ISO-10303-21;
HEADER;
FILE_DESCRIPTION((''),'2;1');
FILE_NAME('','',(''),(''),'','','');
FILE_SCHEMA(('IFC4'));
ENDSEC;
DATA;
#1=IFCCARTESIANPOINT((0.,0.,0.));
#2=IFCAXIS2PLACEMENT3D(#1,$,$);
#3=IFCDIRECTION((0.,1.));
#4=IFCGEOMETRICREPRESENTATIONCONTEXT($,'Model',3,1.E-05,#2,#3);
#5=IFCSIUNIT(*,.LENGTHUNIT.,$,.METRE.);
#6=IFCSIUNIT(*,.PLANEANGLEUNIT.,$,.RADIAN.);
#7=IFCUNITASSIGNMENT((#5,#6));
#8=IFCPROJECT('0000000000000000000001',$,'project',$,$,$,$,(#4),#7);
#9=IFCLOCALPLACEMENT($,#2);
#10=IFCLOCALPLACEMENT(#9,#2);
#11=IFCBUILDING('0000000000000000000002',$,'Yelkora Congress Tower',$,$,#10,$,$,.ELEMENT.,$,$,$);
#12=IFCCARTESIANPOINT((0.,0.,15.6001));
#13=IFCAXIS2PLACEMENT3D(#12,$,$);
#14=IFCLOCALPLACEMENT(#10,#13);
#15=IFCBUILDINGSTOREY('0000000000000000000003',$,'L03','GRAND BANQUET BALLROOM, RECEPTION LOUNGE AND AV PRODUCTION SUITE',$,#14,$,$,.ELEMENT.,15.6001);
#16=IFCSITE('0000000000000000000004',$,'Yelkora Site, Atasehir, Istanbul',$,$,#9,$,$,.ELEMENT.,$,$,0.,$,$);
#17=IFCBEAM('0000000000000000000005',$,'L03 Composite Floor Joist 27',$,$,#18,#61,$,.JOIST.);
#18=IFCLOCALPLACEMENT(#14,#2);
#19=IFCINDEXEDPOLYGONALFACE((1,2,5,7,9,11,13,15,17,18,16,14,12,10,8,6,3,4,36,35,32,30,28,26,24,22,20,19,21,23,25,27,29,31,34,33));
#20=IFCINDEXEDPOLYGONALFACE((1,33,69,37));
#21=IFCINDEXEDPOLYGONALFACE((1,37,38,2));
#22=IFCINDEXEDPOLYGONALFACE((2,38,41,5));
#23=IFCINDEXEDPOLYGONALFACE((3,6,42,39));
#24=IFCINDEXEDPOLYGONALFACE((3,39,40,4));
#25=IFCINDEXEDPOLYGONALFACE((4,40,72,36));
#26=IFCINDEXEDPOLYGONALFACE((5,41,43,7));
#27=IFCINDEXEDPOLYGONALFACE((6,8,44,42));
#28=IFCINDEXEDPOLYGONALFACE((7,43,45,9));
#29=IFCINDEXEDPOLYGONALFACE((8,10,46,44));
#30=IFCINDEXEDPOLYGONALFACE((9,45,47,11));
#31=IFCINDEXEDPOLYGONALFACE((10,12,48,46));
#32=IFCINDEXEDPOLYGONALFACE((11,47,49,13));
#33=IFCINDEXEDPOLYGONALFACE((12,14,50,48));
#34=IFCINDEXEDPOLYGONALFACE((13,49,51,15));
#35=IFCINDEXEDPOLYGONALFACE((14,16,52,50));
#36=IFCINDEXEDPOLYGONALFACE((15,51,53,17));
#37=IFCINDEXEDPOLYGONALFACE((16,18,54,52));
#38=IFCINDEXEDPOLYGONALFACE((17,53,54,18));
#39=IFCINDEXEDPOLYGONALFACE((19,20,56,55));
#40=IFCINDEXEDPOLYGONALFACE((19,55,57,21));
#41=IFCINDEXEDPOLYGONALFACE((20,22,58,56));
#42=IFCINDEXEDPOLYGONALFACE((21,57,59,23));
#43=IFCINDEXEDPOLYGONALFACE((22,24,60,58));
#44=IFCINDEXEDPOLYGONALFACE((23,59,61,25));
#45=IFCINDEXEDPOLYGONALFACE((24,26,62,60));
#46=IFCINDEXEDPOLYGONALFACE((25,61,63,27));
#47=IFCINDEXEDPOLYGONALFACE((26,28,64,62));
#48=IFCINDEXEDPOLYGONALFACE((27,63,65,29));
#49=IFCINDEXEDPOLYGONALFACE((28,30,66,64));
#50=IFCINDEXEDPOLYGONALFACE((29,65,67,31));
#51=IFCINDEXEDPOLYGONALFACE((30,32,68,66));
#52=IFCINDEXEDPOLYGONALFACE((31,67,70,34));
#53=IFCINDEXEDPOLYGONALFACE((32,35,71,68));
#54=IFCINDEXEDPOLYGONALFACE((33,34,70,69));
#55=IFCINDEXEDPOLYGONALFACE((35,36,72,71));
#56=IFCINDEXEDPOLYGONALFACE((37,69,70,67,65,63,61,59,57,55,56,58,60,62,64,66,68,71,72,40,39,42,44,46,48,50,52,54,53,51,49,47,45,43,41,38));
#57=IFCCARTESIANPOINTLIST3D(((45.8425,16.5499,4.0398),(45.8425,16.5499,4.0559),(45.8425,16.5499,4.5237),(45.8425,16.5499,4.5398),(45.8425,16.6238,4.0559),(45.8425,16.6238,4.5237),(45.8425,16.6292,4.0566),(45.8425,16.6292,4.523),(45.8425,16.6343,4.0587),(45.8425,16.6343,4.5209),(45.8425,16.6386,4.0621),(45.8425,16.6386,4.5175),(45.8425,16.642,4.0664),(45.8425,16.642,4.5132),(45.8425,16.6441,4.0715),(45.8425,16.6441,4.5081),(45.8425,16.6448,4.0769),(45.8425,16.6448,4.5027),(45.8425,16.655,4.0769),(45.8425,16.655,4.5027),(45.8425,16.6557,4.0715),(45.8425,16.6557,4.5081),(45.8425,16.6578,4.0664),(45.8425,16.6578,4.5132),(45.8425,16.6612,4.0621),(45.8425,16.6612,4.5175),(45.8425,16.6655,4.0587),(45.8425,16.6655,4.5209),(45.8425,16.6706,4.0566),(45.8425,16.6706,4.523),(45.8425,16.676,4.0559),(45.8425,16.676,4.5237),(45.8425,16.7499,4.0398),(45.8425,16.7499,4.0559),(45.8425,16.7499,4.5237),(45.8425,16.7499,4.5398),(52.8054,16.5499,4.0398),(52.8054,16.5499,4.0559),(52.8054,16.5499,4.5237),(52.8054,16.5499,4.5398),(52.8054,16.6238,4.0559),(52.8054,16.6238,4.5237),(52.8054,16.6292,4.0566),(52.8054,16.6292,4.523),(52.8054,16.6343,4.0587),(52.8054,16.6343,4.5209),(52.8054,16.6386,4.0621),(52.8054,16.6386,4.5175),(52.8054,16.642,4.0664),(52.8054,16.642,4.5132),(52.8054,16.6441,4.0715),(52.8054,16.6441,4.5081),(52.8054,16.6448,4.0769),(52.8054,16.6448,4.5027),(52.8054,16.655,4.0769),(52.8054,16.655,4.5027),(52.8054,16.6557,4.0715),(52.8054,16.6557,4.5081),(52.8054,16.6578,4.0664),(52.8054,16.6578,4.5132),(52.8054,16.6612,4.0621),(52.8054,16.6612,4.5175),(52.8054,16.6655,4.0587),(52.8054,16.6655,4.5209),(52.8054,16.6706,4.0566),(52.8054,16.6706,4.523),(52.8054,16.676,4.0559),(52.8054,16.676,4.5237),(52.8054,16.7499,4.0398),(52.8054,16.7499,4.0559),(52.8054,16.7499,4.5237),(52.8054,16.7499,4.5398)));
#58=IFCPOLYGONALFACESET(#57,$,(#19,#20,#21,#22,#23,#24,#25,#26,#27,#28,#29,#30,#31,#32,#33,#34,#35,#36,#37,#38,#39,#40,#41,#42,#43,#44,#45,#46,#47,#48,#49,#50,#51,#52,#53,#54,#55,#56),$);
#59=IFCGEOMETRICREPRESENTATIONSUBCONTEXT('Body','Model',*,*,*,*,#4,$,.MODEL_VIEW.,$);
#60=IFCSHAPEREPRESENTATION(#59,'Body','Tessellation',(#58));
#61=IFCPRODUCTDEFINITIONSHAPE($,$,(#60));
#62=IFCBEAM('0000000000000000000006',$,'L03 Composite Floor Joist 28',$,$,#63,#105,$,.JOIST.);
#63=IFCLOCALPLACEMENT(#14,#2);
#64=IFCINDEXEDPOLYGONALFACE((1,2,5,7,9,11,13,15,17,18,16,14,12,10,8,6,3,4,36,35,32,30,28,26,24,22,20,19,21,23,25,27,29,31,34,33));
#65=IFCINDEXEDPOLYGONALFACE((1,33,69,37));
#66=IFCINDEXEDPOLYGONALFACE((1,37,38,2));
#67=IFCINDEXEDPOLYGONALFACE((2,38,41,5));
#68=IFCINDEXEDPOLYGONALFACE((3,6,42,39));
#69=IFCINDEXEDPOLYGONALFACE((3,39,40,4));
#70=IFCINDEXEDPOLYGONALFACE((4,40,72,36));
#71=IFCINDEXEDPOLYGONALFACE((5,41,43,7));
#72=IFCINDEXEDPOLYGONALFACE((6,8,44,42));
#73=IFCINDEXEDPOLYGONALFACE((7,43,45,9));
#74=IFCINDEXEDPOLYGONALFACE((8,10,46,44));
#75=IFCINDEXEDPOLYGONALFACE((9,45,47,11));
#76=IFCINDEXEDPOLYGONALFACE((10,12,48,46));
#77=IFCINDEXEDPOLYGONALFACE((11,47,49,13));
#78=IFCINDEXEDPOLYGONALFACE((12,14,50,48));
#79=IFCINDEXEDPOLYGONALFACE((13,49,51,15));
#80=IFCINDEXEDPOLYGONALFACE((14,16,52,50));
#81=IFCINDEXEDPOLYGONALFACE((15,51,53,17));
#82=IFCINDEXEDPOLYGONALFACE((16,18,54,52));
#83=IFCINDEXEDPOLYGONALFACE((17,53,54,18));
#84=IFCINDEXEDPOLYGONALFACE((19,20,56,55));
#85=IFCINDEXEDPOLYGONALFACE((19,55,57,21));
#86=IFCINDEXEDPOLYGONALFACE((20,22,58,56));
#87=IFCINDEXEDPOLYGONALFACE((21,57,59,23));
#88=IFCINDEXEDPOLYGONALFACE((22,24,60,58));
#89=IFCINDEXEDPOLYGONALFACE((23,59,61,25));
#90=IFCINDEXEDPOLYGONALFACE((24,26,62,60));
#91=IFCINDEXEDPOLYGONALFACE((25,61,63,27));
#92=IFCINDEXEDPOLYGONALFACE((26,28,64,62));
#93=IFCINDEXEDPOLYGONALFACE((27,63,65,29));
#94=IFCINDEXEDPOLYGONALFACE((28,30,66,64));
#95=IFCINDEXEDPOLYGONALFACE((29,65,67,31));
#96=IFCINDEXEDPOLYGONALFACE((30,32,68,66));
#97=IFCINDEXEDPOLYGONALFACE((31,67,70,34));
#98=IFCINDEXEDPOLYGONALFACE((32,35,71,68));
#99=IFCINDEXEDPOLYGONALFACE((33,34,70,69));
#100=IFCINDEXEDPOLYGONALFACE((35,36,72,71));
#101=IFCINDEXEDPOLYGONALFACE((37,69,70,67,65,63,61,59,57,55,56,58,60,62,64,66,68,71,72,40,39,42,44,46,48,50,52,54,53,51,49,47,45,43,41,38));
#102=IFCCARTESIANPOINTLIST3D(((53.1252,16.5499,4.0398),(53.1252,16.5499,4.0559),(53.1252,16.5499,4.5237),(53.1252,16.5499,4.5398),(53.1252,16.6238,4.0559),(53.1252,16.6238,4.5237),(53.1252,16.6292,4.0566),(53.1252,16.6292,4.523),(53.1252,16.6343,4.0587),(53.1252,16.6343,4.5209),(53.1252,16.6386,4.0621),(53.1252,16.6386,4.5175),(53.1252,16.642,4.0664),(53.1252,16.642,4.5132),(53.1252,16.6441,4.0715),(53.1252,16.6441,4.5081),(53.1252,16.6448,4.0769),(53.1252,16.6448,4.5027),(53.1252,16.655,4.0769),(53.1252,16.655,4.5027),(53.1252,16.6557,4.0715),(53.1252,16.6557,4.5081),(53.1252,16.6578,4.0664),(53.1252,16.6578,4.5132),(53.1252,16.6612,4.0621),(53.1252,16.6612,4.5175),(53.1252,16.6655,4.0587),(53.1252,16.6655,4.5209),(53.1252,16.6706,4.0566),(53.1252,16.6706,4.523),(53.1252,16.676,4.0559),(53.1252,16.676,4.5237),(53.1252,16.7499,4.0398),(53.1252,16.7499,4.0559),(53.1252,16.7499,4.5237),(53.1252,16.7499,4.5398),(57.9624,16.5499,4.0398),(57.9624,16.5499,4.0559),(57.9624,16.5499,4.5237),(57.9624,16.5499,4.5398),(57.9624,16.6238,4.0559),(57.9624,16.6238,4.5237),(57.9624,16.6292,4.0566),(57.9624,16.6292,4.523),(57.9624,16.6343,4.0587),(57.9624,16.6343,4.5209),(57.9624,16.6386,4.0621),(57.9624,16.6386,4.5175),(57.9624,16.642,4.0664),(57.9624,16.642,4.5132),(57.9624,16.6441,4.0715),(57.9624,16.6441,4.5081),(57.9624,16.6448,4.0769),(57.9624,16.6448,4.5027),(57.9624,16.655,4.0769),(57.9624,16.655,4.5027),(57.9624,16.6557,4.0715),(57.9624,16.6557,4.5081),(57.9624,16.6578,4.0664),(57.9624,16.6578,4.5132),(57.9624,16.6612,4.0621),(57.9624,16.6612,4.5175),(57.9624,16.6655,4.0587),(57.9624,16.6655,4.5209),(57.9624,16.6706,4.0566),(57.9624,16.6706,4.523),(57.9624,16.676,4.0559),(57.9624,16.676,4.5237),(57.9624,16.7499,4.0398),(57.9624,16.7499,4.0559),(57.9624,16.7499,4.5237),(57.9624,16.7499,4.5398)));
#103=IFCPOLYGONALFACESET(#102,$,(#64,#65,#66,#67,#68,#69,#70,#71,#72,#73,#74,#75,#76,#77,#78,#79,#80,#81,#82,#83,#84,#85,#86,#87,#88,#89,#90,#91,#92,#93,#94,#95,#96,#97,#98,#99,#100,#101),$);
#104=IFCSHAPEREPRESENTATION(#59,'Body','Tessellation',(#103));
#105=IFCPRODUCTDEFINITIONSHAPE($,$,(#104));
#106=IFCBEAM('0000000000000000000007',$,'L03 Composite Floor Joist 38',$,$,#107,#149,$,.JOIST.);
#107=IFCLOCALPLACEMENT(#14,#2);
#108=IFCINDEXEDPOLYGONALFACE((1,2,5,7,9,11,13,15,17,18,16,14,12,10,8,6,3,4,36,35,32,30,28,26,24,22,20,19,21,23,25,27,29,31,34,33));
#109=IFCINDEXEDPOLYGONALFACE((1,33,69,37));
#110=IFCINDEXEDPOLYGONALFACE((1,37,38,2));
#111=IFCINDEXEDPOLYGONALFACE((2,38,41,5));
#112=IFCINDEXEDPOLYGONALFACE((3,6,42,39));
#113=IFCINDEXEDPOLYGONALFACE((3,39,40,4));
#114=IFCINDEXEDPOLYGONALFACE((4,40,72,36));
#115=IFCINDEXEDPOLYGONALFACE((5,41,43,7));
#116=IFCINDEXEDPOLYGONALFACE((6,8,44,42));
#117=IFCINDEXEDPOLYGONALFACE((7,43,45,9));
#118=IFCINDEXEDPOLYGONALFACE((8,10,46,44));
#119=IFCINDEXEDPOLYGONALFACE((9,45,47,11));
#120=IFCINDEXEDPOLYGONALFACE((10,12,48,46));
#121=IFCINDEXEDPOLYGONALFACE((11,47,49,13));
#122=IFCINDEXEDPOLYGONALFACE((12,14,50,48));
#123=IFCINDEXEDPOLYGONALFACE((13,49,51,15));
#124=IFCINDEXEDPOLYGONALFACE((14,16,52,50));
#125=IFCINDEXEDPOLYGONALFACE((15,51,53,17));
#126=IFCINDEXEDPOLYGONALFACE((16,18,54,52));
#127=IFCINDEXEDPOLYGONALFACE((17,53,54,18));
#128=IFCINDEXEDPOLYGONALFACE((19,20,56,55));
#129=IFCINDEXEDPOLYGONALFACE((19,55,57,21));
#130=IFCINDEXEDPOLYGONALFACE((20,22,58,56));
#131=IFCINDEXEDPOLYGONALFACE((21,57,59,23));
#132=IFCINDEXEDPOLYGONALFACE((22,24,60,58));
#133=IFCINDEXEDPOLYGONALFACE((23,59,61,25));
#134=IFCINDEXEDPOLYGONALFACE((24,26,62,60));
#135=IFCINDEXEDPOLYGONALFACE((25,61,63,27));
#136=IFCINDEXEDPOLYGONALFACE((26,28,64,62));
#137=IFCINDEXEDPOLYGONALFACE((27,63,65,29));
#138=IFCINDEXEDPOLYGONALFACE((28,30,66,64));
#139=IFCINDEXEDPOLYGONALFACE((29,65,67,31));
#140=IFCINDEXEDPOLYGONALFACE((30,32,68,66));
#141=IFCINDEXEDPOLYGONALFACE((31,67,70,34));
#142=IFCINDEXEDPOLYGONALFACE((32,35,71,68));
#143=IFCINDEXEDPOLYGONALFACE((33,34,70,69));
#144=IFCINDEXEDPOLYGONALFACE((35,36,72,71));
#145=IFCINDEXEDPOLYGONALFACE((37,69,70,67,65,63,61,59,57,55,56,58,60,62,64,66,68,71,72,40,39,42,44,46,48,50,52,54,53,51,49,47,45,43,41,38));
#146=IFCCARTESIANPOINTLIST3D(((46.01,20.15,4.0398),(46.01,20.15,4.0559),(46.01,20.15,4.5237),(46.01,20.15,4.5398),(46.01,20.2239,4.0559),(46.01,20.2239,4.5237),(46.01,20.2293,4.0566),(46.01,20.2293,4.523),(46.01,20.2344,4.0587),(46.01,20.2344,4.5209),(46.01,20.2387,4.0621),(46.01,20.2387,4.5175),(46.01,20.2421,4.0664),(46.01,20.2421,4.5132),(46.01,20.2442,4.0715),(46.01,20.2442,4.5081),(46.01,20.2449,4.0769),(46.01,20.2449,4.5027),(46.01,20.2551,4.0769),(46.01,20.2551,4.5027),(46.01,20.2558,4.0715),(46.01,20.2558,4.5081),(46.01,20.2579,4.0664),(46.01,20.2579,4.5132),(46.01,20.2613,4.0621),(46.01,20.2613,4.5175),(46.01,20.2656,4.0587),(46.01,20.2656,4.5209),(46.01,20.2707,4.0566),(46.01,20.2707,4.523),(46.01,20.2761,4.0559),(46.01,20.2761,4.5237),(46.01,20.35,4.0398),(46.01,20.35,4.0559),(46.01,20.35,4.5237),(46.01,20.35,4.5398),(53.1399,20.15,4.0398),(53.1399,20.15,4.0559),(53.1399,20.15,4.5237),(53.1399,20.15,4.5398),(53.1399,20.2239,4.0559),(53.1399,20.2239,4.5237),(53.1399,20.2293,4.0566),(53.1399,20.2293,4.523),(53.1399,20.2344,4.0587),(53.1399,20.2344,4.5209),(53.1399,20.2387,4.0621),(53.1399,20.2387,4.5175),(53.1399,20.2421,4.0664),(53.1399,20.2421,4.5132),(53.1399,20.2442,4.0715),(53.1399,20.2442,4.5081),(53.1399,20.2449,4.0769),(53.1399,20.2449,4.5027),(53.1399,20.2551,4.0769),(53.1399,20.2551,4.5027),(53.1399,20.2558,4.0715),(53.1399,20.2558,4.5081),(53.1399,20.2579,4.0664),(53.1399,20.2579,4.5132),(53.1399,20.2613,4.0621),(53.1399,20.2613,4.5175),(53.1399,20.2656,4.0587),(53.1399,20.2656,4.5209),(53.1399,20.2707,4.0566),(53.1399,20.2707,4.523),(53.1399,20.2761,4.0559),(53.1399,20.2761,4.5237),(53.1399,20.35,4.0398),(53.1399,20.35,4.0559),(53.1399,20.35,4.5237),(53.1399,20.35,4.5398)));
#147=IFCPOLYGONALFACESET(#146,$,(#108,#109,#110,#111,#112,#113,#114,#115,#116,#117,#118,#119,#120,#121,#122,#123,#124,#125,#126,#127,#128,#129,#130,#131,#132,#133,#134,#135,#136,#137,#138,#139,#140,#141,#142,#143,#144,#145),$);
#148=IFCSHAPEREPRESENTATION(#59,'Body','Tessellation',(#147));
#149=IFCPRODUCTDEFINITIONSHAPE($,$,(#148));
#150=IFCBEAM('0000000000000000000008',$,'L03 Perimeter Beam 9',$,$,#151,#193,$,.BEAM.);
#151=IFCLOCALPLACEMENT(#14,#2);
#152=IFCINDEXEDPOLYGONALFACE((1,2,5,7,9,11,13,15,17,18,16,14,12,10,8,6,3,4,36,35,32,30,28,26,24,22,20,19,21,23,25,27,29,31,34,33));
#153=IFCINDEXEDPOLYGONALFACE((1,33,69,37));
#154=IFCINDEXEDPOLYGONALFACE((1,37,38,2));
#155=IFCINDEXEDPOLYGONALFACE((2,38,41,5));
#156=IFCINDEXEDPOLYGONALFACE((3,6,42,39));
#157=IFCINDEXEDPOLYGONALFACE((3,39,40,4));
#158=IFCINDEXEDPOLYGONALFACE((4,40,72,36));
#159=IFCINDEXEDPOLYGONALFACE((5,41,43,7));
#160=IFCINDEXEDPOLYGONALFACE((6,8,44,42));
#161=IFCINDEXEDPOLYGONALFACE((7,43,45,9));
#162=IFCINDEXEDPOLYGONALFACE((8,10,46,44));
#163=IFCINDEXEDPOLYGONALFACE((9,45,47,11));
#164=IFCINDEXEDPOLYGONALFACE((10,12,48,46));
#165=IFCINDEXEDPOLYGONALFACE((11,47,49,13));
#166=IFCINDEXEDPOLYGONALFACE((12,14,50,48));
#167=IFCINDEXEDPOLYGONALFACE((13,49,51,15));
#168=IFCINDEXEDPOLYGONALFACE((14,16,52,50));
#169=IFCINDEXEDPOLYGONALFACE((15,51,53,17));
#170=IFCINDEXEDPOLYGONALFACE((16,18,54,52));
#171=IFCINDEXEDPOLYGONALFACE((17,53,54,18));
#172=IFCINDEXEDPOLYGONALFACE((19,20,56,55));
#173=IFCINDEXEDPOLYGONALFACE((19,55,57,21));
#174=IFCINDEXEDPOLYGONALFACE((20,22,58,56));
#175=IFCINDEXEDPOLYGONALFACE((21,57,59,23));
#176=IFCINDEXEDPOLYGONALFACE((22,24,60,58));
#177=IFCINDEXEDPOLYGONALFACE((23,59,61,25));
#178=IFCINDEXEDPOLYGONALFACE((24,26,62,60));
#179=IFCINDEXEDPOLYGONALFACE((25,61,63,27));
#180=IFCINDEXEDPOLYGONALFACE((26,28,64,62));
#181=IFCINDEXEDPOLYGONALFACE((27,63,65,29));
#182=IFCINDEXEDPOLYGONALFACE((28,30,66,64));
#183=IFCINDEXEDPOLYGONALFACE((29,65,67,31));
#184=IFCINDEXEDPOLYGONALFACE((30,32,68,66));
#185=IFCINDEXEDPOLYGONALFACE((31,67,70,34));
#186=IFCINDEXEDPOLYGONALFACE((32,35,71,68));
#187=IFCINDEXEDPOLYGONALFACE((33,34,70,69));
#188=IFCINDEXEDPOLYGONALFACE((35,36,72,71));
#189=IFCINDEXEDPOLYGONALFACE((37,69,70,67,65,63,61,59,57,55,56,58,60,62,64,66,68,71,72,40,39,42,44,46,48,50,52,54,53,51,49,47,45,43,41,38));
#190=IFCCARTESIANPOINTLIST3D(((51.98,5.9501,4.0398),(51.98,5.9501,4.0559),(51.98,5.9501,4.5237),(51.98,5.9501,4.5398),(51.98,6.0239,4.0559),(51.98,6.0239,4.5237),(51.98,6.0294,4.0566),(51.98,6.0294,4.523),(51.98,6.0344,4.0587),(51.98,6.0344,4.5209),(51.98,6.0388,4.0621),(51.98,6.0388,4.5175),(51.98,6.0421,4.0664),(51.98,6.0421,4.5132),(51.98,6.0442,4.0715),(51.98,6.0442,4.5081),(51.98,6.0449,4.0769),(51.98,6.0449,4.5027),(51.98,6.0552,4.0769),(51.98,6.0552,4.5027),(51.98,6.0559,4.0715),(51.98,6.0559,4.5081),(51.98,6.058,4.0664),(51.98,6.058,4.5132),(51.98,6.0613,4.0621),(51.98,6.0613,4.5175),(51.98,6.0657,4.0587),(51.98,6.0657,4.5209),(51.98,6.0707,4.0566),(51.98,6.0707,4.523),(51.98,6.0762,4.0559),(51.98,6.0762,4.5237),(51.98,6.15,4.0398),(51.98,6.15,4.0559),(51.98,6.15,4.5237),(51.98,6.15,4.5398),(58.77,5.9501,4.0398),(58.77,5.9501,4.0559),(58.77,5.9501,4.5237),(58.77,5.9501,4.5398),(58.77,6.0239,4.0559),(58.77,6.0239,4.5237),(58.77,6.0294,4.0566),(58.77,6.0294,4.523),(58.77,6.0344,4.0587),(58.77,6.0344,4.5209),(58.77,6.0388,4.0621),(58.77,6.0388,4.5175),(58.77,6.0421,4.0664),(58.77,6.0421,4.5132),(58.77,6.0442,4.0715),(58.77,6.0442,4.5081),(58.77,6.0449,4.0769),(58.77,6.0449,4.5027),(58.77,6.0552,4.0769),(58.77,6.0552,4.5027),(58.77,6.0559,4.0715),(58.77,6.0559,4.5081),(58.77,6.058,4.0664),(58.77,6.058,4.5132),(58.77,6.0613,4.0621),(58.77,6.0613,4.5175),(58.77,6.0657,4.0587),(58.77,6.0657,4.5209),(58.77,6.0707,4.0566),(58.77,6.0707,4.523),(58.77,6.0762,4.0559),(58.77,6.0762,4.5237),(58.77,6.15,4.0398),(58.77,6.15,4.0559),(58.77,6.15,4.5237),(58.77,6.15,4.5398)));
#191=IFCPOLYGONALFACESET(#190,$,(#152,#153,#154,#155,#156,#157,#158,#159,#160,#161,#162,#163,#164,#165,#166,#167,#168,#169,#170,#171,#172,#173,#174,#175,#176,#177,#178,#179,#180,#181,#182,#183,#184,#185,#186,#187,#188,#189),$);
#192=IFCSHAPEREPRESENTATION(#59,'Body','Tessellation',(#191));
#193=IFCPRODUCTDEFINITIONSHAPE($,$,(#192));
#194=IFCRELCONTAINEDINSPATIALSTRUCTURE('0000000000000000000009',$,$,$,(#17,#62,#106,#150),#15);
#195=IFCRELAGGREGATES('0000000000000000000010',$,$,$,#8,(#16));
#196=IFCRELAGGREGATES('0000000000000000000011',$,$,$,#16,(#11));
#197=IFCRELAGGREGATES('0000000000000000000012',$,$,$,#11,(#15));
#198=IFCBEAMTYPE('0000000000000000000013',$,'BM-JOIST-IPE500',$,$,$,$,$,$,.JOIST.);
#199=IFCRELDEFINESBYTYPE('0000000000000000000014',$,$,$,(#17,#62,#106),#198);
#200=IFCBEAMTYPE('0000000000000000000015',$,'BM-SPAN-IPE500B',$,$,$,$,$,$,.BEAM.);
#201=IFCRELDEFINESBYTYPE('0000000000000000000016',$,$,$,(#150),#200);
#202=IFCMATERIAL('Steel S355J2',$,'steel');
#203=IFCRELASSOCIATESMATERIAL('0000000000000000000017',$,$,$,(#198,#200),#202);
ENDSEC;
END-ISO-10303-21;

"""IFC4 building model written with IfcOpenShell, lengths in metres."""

from ifc_helpers import new_model, si_unit, direction, frame, origin, origin_2d, place, context, subcontext, project, spatial, i_section, extrude, material, material_profile, profile_set, type_object, element, save


model = new_model("IFC4")

# Units and contexts
model_context = context("Model", 3, precision=1e-05, world=origin(), true_north=direction((0.0, 1.0)))
body_context = subcontext(model_context, "Body", "Model", "MODEL_VIEW")
ifc_project = project(units=[si_unit("LENGTHUNIT", "METRE"), si_unit("PLANEANGLEUNIT", "RADIAN")], contexts=[model_context])

# Site, building, storey
site_placement = place(None, origin())
site = spatial("IfcSite", under=ifc_project, at=site_placement, Name="Yelkora Site, Atasehir, Istanbul", CompositionType="ELEMENT", RefElevation=0.0)
building_placement = place(site_placement, origin())
building = spatial("IfcBuilding", under=site, at=building_placement, Name="Yelkora Congress Tower", CompositionType="ELEMENT")
storey_placement = place(building_placement, frame((0.0, 0.0, 15.6001)))
storey = spatial("IfcBuildingStorey", under=building, at=storey_placement, Name="L03", Description="GRAND BANQUET BALLROOM, RECEPTION LOUNGE AND AV PRODUCTION SUITE", CompositionType="ELEMENT", Elevation=15.6001)

# Beams
ifc_material_1 = material(Name="Steel S355J2", Category="steel")
ifc_material_profile_1 = material_profile(ifc_material_1, i_section(OverallWidth=0.2, OverallDepth=0.5, WebThickness=0.0103, FlangeThickness=0.0161, FilletRadius=0.021, at=origin_2d()), Name="IPE 500")
ifc_profile_set_1 = profile_set([ifc_material_profile_1], Name="Steel S355J2")
beam_type_1 = type_object("IfcBeamType", Name="BM-JOIST-IPE500", PredefinedType="JOIST", material=ifc_profile_set_1)
beam_1_placement = place(storey_placement, frame((45.8425, 16.6499, 4.2898), z_axis=(1.0, 0.0, 0.0), x_axis=(0.0, 1.0, 0.0)))
element("IfcBeam", 1, at=beam_1_placement, inside=storey, type_object=beam_type_1, Name="L03 Composite Floor Joist 27", PredefinedType="JOIST", context=body_context, shape_type="SweptSolid", body=[
    extrude(i_section(OverallWidth=0.2, OverallDepth=0.5, WebThickness=0.0103, FlangeThickness=0.0161, FilletRadius=0.021, at=origin_2d()), origin(), (0.0, 0.0, 1.0), 6.9629),
])
beam_2_placement = place(storey_placement, frame((53.1252, 16.6499, 4.2898), z_axis=(1.0, 0.0, 0.0), x_axis=(0.0, 1.0, 0.0)))
element("IfcBeam", 2, at=beam_2_placement, inside=storey, type_object=beam_type_1, Name="L03 Composite Floor Joist 28", PredefinedType="JOIST", context=body_context, shape_type="SweptSolid", body=[
    extrude(i_section(OverallWidth=0.2, OverallDepth=0.5, WebThickness=0.0103, FlangeThickness=0.0161, FilletRadius=0.021, at=origin_2d()), origin(), (0.0, 0.0, 1.0), 4.8372),
])
beam_3_placement = place(storey_placement, frame((46.01, 20.25, 4.2898), z_axis=(1.0, 0.0, 0.0), x_axis=(0.0, 1.0, 0.0)))
element("IfcBeam", 3, at=beam_3_placement, inside=storey, type_object=beam_type_1, Name="L03 Composite Floor Joist 38", PredefinedType="JOIST", context=body_context, shape_type="SweptSolid", body=[
    extrude(i_section(OverallWidth=0.2, OverallDepth=0.5, WebThickness=0.0103, FlangeThickness=0.0161, FilletRadius=0.021, at=origin_2d()), origin(), (0.0, 0.0, 1.0), 7.1299),
])
ifc_material_profile_2 = material_profile(ifc_material_1, i_section(OverallWidth=0.2, OverallDepth=0.5, WebThickness=0.0103, FlangeThickness=0.0161, FilletRadius=0.021, at=origin_2d()), Name="IPE 500")
ifc_profile_set_2 = profile_set([ifc_material_profile_2], Name="Steel S355J2")
beam_type_2 = type_object("IfcBeamType", Name="BM-SPAN-IPE500B", PredefinedType="BEAM", material=ifc_profile_set_2)
beam_4_placement = place(storey_placement, frame((51.98, 6.05, 4.2898), z_axis=(1.0, 0.0, 0.0), x_axis=(0.0, 1.0, 0.0)))
element("IfcBeam", 4, at=beam_4_placement, inside=storey, type_object=beam_type_2, Name="L03 Perimeter Beam 9", PredefinedType="BEAM", context=body_context, shape_type="SweptSolid", body=[
    extrude(i_section(OverallWidth=0.2, OverallDepth=0.5, WebThickness=0.0103, FlangeThickness=0.0161, FilletRadius=0.021, at=origin_2d()), origin(), (0.0, 0.0, 1.0), 6.79),
])

save(model, "model.ifc")
